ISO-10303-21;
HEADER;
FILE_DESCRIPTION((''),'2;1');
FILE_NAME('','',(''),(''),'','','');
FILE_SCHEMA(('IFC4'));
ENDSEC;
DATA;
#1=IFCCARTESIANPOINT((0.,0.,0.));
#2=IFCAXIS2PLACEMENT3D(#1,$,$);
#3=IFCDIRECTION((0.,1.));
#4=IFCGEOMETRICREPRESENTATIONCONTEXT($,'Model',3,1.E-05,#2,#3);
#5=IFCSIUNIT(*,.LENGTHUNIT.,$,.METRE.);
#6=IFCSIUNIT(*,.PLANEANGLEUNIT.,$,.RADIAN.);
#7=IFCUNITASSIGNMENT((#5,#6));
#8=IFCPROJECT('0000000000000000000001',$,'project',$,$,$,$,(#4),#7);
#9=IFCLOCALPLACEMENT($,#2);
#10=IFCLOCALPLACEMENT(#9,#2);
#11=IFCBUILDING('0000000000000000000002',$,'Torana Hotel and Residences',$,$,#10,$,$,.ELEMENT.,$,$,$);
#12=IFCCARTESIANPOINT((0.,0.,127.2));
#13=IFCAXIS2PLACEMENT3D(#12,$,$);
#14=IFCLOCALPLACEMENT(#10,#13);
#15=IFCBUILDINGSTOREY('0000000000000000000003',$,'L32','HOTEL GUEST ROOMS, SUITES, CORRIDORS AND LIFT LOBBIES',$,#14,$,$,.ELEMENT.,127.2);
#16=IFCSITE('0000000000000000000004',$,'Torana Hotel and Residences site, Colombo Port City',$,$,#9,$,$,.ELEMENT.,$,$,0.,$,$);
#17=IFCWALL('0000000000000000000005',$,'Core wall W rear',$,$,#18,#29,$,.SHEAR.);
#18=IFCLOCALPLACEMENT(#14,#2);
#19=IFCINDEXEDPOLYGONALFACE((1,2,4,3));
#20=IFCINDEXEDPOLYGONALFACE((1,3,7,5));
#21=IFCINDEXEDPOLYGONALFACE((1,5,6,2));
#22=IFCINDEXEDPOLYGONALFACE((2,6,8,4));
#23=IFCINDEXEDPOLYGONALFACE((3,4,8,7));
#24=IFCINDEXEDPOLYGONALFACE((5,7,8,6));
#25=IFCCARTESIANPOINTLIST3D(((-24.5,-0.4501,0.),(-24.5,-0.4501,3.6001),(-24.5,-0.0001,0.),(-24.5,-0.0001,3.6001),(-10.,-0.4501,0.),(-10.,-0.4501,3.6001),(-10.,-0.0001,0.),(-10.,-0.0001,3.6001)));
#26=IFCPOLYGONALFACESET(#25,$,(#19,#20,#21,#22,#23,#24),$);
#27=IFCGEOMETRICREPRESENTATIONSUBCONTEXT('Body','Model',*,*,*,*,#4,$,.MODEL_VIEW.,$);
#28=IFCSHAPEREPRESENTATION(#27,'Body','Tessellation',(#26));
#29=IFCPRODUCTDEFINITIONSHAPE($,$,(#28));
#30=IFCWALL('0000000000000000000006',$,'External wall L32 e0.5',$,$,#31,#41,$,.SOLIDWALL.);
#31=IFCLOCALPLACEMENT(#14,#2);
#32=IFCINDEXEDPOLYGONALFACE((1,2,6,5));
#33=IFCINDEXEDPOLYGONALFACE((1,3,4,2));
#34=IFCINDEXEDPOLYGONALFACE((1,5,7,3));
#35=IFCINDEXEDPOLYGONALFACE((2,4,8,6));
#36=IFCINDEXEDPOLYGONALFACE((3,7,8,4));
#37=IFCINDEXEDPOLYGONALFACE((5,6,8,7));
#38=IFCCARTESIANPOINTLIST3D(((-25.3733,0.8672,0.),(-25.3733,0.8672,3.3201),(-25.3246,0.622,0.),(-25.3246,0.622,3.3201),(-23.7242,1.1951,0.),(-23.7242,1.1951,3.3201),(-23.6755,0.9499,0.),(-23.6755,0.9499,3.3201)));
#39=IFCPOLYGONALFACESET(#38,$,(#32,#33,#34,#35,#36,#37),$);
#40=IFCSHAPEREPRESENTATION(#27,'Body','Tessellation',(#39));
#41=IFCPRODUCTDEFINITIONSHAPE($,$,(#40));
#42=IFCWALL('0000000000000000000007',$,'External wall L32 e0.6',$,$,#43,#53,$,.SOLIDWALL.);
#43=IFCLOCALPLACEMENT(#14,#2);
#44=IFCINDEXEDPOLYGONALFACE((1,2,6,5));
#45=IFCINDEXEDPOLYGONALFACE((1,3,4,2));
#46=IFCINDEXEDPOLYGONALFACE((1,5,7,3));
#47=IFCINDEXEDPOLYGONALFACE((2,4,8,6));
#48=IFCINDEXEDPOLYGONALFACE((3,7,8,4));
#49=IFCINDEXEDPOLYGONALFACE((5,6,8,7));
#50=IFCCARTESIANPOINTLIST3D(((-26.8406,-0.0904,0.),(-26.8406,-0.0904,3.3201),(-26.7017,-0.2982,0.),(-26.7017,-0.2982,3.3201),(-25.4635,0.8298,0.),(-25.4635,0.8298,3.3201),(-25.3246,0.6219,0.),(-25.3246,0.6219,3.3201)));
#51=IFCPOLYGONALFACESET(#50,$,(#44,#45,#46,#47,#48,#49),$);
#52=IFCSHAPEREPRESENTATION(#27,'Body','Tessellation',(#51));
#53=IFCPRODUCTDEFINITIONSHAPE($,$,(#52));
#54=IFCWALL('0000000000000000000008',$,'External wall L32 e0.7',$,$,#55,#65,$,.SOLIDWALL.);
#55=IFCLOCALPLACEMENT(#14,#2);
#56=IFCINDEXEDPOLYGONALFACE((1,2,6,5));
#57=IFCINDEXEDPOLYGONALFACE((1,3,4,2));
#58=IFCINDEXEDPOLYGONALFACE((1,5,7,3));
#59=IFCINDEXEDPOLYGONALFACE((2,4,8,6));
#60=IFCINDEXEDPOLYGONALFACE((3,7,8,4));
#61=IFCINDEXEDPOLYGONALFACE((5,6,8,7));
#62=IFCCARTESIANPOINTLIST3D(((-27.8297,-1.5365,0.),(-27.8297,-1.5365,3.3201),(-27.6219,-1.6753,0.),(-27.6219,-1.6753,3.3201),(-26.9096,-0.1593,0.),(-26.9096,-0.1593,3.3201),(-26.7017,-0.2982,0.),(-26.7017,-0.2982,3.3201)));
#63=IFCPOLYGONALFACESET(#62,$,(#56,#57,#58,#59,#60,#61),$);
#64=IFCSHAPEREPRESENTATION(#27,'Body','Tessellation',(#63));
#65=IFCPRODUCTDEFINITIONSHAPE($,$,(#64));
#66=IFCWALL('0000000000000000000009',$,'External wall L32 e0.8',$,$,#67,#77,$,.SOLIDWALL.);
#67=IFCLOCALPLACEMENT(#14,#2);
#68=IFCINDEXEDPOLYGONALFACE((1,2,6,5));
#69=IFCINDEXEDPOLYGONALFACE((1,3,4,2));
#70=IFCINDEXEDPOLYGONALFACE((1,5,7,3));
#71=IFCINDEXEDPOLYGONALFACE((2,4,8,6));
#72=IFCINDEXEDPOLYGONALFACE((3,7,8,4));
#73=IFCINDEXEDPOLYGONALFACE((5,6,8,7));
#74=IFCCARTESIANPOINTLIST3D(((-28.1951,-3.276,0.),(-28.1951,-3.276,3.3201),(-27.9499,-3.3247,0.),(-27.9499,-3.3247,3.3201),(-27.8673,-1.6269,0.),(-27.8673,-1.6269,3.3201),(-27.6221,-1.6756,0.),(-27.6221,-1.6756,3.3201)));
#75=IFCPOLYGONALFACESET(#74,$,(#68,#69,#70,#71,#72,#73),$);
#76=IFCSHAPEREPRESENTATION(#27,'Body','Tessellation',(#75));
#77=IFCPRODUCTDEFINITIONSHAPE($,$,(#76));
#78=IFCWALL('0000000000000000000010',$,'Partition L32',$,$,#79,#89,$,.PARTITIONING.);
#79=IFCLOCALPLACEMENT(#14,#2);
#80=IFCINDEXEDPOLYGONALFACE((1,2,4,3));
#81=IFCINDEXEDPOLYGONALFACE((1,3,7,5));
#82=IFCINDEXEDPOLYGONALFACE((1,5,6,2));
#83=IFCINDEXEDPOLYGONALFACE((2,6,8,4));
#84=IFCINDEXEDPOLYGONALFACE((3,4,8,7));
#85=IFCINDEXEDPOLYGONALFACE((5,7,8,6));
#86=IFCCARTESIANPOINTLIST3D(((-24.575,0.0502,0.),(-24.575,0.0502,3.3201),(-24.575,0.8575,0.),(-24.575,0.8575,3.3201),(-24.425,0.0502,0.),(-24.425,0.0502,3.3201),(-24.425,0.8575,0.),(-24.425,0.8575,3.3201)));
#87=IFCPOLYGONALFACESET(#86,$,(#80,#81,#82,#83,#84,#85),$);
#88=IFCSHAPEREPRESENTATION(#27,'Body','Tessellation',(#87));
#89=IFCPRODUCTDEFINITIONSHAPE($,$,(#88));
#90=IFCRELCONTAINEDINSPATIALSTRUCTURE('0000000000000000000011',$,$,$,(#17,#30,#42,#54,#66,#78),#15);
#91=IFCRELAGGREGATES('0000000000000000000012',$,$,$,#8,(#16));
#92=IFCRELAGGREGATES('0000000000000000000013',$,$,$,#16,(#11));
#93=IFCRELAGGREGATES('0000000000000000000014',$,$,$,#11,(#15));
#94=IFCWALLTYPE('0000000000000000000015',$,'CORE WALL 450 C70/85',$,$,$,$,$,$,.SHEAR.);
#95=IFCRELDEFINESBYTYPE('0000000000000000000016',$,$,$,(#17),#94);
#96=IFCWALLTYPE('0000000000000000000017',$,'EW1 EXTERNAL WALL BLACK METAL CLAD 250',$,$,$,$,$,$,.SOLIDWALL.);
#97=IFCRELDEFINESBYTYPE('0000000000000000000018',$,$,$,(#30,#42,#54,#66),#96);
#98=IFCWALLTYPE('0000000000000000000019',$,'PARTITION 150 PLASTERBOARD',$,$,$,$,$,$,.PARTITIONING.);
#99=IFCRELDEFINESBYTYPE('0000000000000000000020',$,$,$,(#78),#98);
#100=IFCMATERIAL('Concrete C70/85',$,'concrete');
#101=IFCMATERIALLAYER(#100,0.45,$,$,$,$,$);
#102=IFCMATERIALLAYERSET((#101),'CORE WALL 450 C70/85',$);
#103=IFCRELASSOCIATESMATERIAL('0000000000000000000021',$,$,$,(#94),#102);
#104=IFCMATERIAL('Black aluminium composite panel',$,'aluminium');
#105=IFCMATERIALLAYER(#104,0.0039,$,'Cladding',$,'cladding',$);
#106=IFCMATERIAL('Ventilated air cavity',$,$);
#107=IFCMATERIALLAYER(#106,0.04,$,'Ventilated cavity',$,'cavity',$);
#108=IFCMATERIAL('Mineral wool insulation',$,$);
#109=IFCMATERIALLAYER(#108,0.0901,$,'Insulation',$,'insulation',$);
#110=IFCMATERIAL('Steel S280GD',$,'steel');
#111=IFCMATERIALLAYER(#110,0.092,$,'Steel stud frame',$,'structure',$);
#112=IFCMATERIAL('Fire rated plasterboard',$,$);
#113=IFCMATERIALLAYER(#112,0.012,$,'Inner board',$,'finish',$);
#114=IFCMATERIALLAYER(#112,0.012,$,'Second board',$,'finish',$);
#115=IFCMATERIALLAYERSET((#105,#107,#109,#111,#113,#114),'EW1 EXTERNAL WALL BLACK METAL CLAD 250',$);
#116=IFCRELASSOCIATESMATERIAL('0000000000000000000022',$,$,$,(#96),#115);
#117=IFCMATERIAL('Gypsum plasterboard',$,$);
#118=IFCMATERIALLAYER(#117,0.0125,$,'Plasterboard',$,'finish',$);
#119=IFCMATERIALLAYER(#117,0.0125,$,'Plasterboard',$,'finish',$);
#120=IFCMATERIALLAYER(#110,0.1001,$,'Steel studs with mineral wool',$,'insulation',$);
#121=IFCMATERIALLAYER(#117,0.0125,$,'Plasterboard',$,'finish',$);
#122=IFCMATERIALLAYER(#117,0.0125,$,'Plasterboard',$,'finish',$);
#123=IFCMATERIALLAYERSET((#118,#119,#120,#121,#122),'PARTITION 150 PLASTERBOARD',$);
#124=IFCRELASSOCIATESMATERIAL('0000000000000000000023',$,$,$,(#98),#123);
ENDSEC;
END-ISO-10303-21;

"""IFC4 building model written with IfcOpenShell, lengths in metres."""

from ifc_helpers import new_model, si_unit, direction, frame, frame_2d, origin, place, context, subcontext, project, spatial, rectangle, extrude, material, layer, layer_set, type_object, element, save


model = new_model("IFC4")

# Units and contexts
model_context = context("Model", 3, precision=1e-05, world=origin(), true_north=direction((0.0, 1.0)))
body_context = subcontext(model_context, "Body", "Model", "MODEL_VIEW")
ifc_project = project(units=[si_unit("LENGTHUNIT", "METRE"), si_unit("PLANEANGLEUNIT", "RADIAN")], contexts=[model_context])

# Site, building, storey
site_placement = place(None, origin())
site = spatial("IfcSite", under=ifc_project, at=site_placement, Name="Torana Hotel and Residences site, Colombo Port City", CompositionType="ELEMENT", RefElevation=0.0)
building_placement = place(site_placement, origin())
building = spatial("IfcBuilding", under=site, at=building_placement, Name="Torana Hotel and Residences", CompositionType="ELEMENT")
storey_placement = place(building_placement, frame((0.0, 0.0, 127.2)))
storey = spatial("IfcBuildingStorey", under=building, at=storey_placement, Name="L32", Description="HOTEL GUEST ROOMS, SUITES, CORRIDORS AND LIFT LOBBIES", CompositionType="ELEMENT", Elevation=127.2)

# Walls
ifc_material_1 = material(Name="Concrete C70/85", Category="concrete")
ifc_layer_1 = layer(ifc_material_1, 0.45)
ifc_layer_set_1 = layer_set([ifc_layer_1], Name="CORE WALL 450 C70/85")
wall_type_1 = type_object("IfcWallType", Name="CORE WALL 450 C70/85", PredefinedType="SHEAR", material=ifc_layer_set_1)
wall_1_placement = place(storey_placement, frame((-24.5, -0.2251, 0.0), z_axis=(0.0, 0.0, 1.0), x_axis=(1.0, 0.0, 0.0)))
element("IfcWall", 1, at=wall_1_placement, inside=storey, type_object=wall_type_1, Name="Core wall W rear", PredefinedType="SHEAR", context=body_context, shape_type="SweptSolid", body=[
    extrude(rectangle(XDim=14.5, YDim=0.45, at=frame_2d((7.25, 0.0))), origin(), (0.0, 0.0, 1.0), 3.6001),
])
ifc_material_2 = material(Name="Black aluminium composite panel", Category="aluminium")
ifc_layer_2 = layer(ifc_material_2, 0.0039, Name="Cladding", Category="cladding")
ifc_material_3 = material(Name="Ventilated air cavity")
ifc_layer_3 = layer(ifc_material_3, 0.04, Name="Ventilated cavity", Category="cavity")
ifc_material_4 = material(Name="Mineral wool insulation")
ifc_layer_4 = layer(ifc_material_4, 0.0901, Name="Insulation", Category="insulation")
ifc_material_5 = material(Name="Steel S280GD", Category="steel")
ifc_layer_5 = layer(ifc_material_5, 0.092, Name="Steel stud frame", Category="structure")
ifc_material_6 = material(Name="Fire rated plasterboard")
ifc_layer_6 = layer(ifc_material_6, 0.012, Name="Inner board", Category="finish")
ifc_layer_7 = layer(ifc_material_6, 0.012, Name="Second board", Category="finish")
ifc_layer_set_2 = layer_set([ifc_layer_2, ifc_layer_3, ifc_layer_4, ifc_layer_5, ifc_layer_6, ifc_layer_7], Name="EW1 EXTERNAL WALL BLACK METAL CLAD 250")
wall_type_2 = type_object("IfcWallType", Name="EW1 EXTERNAL WALL BLACK METAL CLAD 250", PredefinedType="SOLIDWALL", material=ifc_layer_set_2)
wall_2_placement = place(storey_placement, frame((-23.6997, 1.0725, 0.0), z_axis=(0.0, 0.0, 1.0), x_axis=(-0.980803, -0.194999, 0.0)))
element("IfcWall", 2, at=wall_2_placement, inside=storey, type_object=wall_type_2, Name="External wall L32 e0.5", PredefinedType="SOLIDWALL", context=body_context, shape_type="SweptSolid", body=[
    extrude(rectangle(XDim=1.6814, YDim=0.25, at=frame_2d((0.8408, 0.0))), origin(), (0.0, 0.0, 1.0), 3.3201),
])
for number, where, z_axis, x_axis, name in (
    (3, (-25.394, 0.7258, 0.0), (0.0, 0.0, 1.0), (-0.831483, -0.55555, 0.0), "External wall L32 e0.6"),
    (4, (-26.8057, -0.2288, 0.0), (0.0, 0.0, 1.0), (-0.55555, -0.831483, 0.0), "External wall L32 e0.7"),
):
    element("IfcWall", number, at=place(storey_placement, frame(where, z_axis=z_axis, x_axis=x_axis)), inside=storey, type_object=wall_type_2, Name=name, PredefinedType="SOLIDWALL", context=body_context, shape_type="SweptSolid", body=[
        extrude(rectangle(XDim=1.6562, YDim=0.25, at=frame_2d((0.8281, 0.0))), origin(), (0.0, 0.0, 1.0), 3.3201),
    ])
wall_3_placement = place(storey_placement, frame((-27.7446, -1.6511, 0.0), z_axis=(0.0, 0.0, 1.0), x_axis=(-0.194999, -0.980803, 0.0)))
element("IfcWall", 5, at=wall_3_placement, inside=storey, type_object=wall_type_2, Name="External wall L32 e0.8", PredefinedType="SOLIDWALL", context=body_context, shape_type="SweptSolid", body=[
    extrude(rectangle(XDim=1.6814, YDim=0.25, at=frame_2d((0.8408, 0.0))), origin(), (0.0, 0.0, 1.0), 3.3201),
])
ifc_material_7 = material(Name="Gypsum plasterboard")
ifc_layer_8 = layer(ifc_material_7, 0.0125, Name="Plasterboard", Category="finish")
ifc_layer_9 = layer(ifc_material_7, 0.0125, Name="Plasterboard", Category="finish")
ifc_layer_10 = layer(ifc_material_5, 0.1001, Name="Steel studs with mineral wool", Category="insulation")
ifc_layer_11 = layer(ifc_material_7, 0.0125, Name="Plasterboard", Category="finish")
ifc_layer_12 = layer(ifc_material_7, 0.0125, Name="Plasterboard", Category="finish")
ifc_layer_set_3 = layer_set([ifc_layer_8, ifc_layer_9, ifc_layer_10, ifc_layer_11, ifc_layer_12], Name="PARTITION 150 PLASTERBOARD")
wall_type_3 = type_object("IfcWallType", Name="PARTITION 150 PLASTERBOARD", PredefinedType="PARTITIONING", material=ifc_layer_set_3)
wall_4_placement = place(storey_placement, frame((-24.5, 0.05, 0.0), z_axis=(0.0, 0.0, 1.0), x_axis=(0.0, 1.0, 0.0)))
element("IfcWall", 6, at=wall_4_placement, inside=storey, type_object=wall_type_3, Name="Partition L32", PredefinedType="PARTITIONING", context=body_context, shape_type="SweptSolid", body=[
    extrude(rectangle(XDim=0.8074, YDim=0.1499, at=frame_2d((0.4038, 0.0))), origin(), (0.0, 0.0, 1.0), 3.3201),
])

save(model, "model.ifc")
